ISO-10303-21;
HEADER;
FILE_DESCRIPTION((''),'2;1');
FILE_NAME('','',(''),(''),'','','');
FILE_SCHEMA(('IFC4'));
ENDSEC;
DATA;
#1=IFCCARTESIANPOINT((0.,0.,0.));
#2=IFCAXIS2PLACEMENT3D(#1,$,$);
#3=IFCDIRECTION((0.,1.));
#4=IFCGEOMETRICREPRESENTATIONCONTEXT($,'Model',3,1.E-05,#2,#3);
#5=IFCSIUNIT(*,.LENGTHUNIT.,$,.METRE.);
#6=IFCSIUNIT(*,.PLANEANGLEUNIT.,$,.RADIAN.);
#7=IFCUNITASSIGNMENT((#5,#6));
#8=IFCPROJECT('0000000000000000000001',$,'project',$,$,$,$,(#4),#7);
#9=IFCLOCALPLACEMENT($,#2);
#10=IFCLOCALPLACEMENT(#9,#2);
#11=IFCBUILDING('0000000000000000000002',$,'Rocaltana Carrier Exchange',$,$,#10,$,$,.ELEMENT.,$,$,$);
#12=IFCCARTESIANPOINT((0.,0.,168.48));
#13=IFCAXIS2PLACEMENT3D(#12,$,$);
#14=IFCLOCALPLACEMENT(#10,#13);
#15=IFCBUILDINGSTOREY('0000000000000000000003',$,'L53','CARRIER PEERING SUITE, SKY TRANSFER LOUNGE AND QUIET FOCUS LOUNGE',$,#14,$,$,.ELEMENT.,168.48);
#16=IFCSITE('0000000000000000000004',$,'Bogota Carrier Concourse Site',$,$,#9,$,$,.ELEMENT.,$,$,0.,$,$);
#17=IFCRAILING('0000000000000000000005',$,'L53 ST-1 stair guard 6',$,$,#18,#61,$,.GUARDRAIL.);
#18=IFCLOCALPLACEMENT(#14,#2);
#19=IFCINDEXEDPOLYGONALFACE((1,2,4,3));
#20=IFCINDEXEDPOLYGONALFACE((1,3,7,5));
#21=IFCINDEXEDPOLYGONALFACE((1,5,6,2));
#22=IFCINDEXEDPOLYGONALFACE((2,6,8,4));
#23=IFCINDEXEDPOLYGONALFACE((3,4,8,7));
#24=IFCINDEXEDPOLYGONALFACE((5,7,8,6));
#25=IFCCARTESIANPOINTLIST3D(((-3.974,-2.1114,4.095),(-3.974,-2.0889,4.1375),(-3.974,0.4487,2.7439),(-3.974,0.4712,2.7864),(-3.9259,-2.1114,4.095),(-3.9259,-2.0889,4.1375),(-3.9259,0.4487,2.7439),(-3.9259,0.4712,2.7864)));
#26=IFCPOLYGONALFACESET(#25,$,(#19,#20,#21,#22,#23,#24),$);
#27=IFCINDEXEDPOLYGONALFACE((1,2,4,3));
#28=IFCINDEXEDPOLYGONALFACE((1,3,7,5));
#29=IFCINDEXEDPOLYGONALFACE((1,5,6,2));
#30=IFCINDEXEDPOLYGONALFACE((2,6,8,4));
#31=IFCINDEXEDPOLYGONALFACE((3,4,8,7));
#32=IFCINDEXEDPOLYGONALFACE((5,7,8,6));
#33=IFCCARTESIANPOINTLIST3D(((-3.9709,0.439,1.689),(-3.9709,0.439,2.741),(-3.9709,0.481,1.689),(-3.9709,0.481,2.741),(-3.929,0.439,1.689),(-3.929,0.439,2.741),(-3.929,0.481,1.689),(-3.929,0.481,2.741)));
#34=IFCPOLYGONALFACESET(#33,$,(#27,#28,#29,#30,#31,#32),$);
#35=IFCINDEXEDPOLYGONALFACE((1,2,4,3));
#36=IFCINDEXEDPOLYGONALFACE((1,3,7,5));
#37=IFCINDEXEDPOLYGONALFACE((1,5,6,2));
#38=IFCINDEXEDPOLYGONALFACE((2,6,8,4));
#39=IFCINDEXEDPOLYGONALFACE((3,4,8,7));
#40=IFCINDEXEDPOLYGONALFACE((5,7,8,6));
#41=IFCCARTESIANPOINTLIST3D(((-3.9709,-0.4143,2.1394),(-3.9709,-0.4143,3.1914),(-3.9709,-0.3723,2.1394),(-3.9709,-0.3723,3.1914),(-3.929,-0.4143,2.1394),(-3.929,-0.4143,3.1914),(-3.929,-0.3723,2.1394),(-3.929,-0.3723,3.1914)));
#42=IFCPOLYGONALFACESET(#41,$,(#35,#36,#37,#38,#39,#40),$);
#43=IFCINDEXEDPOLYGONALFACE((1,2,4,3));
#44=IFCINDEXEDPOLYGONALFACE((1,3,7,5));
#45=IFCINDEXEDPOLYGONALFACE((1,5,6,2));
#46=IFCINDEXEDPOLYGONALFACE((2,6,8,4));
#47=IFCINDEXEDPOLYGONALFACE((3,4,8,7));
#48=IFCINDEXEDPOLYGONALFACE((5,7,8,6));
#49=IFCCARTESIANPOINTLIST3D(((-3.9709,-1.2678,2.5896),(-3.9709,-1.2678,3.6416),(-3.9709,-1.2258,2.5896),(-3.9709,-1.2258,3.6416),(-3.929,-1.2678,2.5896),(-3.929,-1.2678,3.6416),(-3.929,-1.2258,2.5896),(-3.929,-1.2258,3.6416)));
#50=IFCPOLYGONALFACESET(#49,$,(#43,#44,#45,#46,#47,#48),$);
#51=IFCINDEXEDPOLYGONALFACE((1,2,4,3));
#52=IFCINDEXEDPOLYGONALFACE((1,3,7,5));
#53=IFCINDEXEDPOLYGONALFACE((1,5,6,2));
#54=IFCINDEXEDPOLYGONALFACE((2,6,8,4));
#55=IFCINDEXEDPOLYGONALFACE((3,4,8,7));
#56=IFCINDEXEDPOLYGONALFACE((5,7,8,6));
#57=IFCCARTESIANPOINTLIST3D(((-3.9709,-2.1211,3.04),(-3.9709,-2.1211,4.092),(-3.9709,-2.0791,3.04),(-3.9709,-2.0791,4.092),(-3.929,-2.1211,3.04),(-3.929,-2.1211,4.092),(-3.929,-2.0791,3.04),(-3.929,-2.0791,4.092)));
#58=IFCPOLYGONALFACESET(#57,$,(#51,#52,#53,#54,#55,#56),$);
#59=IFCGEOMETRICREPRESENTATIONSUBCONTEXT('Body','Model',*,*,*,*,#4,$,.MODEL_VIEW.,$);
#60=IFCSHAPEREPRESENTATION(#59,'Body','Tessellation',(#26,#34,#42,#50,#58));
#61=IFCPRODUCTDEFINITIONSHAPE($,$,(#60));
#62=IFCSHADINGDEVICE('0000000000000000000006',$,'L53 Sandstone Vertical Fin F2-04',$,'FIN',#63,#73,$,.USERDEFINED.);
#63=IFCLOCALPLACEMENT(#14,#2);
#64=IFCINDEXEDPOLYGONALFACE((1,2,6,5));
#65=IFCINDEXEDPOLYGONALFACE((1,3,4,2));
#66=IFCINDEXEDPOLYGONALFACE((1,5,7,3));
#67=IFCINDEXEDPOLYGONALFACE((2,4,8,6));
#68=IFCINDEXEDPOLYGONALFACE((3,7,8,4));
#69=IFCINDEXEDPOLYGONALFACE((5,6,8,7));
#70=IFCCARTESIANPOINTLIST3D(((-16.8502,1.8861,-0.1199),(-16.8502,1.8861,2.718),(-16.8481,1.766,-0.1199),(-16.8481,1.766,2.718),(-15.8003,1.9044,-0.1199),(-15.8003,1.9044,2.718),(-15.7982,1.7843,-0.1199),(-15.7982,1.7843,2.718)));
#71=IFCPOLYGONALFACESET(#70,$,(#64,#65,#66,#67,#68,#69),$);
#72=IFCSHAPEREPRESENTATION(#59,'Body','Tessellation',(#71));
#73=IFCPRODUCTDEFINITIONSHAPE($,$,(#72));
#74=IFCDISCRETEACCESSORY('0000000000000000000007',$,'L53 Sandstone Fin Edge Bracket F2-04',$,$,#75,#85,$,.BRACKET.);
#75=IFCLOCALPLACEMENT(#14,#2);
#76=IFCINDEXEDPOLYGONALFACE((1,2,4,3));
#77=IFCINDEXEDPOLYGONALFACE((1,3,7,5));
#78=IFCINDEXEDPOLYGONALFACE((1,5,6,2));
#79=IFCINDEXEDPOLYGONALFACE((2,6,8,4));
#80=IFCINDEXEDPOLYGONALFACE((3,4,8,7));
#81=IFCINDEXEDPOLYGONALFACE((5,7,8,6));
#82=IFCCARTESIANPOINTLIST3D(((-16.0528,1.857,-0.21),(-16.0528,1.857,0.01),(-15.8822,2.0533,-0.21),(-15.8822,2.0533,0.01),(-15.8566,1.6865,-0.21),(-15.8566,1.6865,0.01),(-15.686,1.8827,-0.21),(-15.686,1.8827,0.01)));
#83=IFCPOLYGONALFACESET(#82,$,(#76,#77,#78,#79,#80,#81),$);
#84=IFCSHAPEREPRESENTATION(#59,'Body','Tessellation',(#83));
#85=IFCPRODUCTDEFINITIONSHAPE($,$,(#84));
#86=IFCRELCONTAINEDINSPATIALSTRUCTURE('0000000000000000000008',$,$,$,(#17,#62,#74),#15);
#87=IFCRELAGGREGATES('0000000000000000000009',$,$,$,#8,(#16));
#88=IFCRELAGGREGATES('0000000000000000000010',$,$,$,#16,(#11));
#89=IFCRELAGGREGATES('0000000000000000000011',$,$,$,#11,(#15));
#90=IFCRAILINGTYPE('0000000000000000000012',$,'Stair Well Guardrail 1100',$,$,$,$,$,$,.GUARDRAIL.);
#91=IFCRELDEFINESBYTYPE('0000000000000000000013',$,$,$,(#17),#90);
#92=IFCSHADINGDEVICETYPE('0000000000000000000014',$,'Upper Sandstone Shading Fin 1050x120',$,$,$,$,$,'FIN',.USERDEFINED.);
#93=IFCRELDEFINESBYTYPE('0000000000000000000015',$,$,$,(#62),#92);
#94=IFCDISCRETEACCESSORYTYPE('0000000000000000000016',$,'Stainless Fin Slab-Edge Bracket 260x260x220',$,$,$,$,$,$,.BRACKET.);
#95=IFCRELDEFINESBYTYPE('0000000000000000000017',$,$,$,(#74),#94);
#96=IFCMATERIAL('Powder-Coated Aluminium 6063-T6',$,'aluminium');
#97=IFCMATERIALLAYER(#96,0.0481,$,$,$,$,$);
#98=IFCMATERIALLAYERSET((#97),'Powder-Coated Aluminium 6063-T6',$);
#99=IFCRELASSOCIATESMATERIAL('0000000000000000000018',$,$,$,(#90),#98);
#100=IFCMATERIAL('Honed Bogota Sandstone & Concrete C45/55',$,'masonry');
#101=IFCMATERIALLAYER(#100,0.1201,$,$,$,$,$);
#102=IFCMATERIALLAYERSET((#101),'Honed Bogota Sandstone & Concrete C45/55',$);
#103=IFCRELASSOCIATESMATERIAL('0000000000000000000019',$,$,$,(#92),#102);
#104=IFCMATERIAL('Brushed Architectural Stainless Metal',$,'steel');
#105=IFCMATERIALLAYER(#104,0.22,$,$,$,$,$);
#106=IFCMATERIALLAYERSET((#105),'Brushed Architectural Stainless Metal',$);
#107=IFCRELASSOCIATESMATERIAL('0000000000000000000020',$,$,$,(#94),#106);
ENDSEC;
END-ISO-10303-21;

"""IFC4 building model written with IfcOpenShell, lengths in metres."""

from ifc_helpers import new_model, si_unit, direction, frame, origin, origin_2d, place, context, subcontext, project, spatial, rectangle, extrude, material, layer, layer_set, type_object, element, save


model = new_model("IFC4")

# Units and contexts
model_context = context("Model", 3, precision=1e-05, world=origin(), true_north=direction((0.0, 1.0)))
body_context = subcontext(model_context, "Body", "Model", "MODEL_VIEW")
ifc_project = project(units=[si_unit("LENGTHUNIT", "METRE"), si_unit("PLANEANGLEUNIT", "RADIAN")], contexts=[model_context])

# Site, building, storey
site_placement = place(None, origin())
site = spatial("IfcSite", under=ifc_project, at=site_placement, Name="Bogota Carrier Concourse Site", CompositionType="ELEMENT", RefElevation=0.0)
building_placement = place(site_placement, origin())
building = spatial("IfcBuilding", under=site, at=building_placement, Name="Rocaltana Carrier Exchange", CompositionType="ELEMENT")
storey_placement = place(building_placement, frame((0.0, 0.0, 168.48)))
storey = spatial("IfcBuildingStorey", under=building, at=storey_placement, Name="L53", Description="CARRIER PEERING SUITE, SKY TRANSFER LOUNGE AND QUIET FOCUS LOUNGE", CompositionType="ELEMENT", Elevation=168.48)

# Railing
ifc_material_1 = material(Name="Powder-Coated Aluminium 6063-T6", Category="aluminium")
ifc_layer_1 = layer(ifc_material_1, 0.0481)
ifc_layer_set_1 = layer_set([ifc_layer_1], Name="Powder-Coated Aluminium 6063-T6")
railing_type_1 = type_object("IfcRailingType", Name="Stair Well Guardrail 1100", PredefinedType="GUARDRAIL", material=ifc_layer_set_1)
railing_1_placement = place(storey_placement, frame((-3.95, 0.46, 1.689)))
element("IfcRailing", 1, at=railing_1_placement, inside=storey, type_object=railing_type_1, Name="L53 ST-1 stair guard 6", PredefinedType="GUARDRAIL", context=body_context, shape_type="SweptSolid", body=[
    extrude(rectangle(XDim=0.0481, YDim=0.0481, at=origin_2d()), frame((0.0, 0.0, 1.0762), z_axis=(0.0, -0.884394, 0.46674), x_axis=(1.0, 0.0, 0.0)), (0.0, 0.0, 1.0), 2.8948),
    extrude(rectangle(XDim=0.042, YDim=0.042, at=origin_2d()), origin(), (0.0, 0.0, 1.0), 1.052),
    extrude(rectangle(XDim=0.042, YDim=0.042, at=origin_2d()), frame((0.0, -0.8533, 0.4504)), (0.0, 0.0, 1.0), 1.052),
    extrude(rectangle(XDim=0.042, YDim=0.042, at=origin_2d()), frame((0.0, -1.7068, 0.9006)), (0.0, 0.0, 1.0), 1.052),
    extrude(rectangle(XDim=0.042, YDim=0.042, at=origin_2d()), frame((0.0, -2.5601, 1.3511)), (0.0, 0.0, 1.0), 1.052),
])

# Shading device
ifc_material_2 = material(Name="Honed Bogota Sandstone & Concrete C45/55", Category="masonry")
ifc_layer_2 = layer(ifc_material_2, 0.1201)
ifc_layer_set_2 = layer_set([ifc_layer_2], Name="Honed Bogota Sandstone & Concrete C45/55")
shading_device_type = type_object("IfcShadingDeviceType", Name="Upper Sandstone Shading Fin 1050x120", ElementType="FIN", PredefinedType="USERDEFINED", material=ifc_layer_set_2)
shading_device_placement = place(storey_placement, frame((-16.3242, 1.8352, -0.1199), z_axis=(0.0, 0.0, 1.0), x_axis=(-0.999848, -0.017452, 0.0)))
element("IfcShadingDevice", 2, at=shading_device_placement, inside=storey, type_object=shading_device_type, Name="L53 Sandstone Vertical Fin F2-04", ObjectType="FIN", PredefinedType="USERDEFINED", context=body_context, shape_type="SweptSolid", body=[
    extrude(rectangle(XDim=1.05, YDim=0.1201, at=origin_2d()), origin(), (0.0, 0.0, 1.0), 2.8379),
])

# Discrete accessory
ifc_material_3 = material(Name="Brushed Architectural Stainless Metal", Category="steel")
ifc_layer_3 = layer(ifc_material_3, 0.22)
ifc_layer_set_3 = layer_set([ifc_layer_3], Name="Brushed Architectural Stainless Metal")
discrete_accessory_type = type_object("IfcDiscreteAccessoryType", Name="Stainless Fin Slab-Edge Bracket 260x260x220", PredefinedType="BRACKET", material=ifc_layer_set_3)
discrete_accessory_placement = place(storey_placement, frame((-15.8694, 1.8699, -0.21), z_axis=(0.0, 0.0, 1.0), x_axis=(-0.656059, -0.75471, 0.0)))
element("IfcDiscreteAccessory", 3, at=discrete_accessory_placement, inside=storey, type_object=discrete_accessory_type, Name="L53 Sandstone Fin Edge Bracket F2-04", PredefinedType="BRACKET", context=body_context, shape_type="SweptSolid", body=[
    extrude(rectangle(XDim=0.26, YDim=0.26, at=origin_2d()), origin(), (0.0, 0.0, 1.0), 0.22),
])

save(model, "model.ifc")
